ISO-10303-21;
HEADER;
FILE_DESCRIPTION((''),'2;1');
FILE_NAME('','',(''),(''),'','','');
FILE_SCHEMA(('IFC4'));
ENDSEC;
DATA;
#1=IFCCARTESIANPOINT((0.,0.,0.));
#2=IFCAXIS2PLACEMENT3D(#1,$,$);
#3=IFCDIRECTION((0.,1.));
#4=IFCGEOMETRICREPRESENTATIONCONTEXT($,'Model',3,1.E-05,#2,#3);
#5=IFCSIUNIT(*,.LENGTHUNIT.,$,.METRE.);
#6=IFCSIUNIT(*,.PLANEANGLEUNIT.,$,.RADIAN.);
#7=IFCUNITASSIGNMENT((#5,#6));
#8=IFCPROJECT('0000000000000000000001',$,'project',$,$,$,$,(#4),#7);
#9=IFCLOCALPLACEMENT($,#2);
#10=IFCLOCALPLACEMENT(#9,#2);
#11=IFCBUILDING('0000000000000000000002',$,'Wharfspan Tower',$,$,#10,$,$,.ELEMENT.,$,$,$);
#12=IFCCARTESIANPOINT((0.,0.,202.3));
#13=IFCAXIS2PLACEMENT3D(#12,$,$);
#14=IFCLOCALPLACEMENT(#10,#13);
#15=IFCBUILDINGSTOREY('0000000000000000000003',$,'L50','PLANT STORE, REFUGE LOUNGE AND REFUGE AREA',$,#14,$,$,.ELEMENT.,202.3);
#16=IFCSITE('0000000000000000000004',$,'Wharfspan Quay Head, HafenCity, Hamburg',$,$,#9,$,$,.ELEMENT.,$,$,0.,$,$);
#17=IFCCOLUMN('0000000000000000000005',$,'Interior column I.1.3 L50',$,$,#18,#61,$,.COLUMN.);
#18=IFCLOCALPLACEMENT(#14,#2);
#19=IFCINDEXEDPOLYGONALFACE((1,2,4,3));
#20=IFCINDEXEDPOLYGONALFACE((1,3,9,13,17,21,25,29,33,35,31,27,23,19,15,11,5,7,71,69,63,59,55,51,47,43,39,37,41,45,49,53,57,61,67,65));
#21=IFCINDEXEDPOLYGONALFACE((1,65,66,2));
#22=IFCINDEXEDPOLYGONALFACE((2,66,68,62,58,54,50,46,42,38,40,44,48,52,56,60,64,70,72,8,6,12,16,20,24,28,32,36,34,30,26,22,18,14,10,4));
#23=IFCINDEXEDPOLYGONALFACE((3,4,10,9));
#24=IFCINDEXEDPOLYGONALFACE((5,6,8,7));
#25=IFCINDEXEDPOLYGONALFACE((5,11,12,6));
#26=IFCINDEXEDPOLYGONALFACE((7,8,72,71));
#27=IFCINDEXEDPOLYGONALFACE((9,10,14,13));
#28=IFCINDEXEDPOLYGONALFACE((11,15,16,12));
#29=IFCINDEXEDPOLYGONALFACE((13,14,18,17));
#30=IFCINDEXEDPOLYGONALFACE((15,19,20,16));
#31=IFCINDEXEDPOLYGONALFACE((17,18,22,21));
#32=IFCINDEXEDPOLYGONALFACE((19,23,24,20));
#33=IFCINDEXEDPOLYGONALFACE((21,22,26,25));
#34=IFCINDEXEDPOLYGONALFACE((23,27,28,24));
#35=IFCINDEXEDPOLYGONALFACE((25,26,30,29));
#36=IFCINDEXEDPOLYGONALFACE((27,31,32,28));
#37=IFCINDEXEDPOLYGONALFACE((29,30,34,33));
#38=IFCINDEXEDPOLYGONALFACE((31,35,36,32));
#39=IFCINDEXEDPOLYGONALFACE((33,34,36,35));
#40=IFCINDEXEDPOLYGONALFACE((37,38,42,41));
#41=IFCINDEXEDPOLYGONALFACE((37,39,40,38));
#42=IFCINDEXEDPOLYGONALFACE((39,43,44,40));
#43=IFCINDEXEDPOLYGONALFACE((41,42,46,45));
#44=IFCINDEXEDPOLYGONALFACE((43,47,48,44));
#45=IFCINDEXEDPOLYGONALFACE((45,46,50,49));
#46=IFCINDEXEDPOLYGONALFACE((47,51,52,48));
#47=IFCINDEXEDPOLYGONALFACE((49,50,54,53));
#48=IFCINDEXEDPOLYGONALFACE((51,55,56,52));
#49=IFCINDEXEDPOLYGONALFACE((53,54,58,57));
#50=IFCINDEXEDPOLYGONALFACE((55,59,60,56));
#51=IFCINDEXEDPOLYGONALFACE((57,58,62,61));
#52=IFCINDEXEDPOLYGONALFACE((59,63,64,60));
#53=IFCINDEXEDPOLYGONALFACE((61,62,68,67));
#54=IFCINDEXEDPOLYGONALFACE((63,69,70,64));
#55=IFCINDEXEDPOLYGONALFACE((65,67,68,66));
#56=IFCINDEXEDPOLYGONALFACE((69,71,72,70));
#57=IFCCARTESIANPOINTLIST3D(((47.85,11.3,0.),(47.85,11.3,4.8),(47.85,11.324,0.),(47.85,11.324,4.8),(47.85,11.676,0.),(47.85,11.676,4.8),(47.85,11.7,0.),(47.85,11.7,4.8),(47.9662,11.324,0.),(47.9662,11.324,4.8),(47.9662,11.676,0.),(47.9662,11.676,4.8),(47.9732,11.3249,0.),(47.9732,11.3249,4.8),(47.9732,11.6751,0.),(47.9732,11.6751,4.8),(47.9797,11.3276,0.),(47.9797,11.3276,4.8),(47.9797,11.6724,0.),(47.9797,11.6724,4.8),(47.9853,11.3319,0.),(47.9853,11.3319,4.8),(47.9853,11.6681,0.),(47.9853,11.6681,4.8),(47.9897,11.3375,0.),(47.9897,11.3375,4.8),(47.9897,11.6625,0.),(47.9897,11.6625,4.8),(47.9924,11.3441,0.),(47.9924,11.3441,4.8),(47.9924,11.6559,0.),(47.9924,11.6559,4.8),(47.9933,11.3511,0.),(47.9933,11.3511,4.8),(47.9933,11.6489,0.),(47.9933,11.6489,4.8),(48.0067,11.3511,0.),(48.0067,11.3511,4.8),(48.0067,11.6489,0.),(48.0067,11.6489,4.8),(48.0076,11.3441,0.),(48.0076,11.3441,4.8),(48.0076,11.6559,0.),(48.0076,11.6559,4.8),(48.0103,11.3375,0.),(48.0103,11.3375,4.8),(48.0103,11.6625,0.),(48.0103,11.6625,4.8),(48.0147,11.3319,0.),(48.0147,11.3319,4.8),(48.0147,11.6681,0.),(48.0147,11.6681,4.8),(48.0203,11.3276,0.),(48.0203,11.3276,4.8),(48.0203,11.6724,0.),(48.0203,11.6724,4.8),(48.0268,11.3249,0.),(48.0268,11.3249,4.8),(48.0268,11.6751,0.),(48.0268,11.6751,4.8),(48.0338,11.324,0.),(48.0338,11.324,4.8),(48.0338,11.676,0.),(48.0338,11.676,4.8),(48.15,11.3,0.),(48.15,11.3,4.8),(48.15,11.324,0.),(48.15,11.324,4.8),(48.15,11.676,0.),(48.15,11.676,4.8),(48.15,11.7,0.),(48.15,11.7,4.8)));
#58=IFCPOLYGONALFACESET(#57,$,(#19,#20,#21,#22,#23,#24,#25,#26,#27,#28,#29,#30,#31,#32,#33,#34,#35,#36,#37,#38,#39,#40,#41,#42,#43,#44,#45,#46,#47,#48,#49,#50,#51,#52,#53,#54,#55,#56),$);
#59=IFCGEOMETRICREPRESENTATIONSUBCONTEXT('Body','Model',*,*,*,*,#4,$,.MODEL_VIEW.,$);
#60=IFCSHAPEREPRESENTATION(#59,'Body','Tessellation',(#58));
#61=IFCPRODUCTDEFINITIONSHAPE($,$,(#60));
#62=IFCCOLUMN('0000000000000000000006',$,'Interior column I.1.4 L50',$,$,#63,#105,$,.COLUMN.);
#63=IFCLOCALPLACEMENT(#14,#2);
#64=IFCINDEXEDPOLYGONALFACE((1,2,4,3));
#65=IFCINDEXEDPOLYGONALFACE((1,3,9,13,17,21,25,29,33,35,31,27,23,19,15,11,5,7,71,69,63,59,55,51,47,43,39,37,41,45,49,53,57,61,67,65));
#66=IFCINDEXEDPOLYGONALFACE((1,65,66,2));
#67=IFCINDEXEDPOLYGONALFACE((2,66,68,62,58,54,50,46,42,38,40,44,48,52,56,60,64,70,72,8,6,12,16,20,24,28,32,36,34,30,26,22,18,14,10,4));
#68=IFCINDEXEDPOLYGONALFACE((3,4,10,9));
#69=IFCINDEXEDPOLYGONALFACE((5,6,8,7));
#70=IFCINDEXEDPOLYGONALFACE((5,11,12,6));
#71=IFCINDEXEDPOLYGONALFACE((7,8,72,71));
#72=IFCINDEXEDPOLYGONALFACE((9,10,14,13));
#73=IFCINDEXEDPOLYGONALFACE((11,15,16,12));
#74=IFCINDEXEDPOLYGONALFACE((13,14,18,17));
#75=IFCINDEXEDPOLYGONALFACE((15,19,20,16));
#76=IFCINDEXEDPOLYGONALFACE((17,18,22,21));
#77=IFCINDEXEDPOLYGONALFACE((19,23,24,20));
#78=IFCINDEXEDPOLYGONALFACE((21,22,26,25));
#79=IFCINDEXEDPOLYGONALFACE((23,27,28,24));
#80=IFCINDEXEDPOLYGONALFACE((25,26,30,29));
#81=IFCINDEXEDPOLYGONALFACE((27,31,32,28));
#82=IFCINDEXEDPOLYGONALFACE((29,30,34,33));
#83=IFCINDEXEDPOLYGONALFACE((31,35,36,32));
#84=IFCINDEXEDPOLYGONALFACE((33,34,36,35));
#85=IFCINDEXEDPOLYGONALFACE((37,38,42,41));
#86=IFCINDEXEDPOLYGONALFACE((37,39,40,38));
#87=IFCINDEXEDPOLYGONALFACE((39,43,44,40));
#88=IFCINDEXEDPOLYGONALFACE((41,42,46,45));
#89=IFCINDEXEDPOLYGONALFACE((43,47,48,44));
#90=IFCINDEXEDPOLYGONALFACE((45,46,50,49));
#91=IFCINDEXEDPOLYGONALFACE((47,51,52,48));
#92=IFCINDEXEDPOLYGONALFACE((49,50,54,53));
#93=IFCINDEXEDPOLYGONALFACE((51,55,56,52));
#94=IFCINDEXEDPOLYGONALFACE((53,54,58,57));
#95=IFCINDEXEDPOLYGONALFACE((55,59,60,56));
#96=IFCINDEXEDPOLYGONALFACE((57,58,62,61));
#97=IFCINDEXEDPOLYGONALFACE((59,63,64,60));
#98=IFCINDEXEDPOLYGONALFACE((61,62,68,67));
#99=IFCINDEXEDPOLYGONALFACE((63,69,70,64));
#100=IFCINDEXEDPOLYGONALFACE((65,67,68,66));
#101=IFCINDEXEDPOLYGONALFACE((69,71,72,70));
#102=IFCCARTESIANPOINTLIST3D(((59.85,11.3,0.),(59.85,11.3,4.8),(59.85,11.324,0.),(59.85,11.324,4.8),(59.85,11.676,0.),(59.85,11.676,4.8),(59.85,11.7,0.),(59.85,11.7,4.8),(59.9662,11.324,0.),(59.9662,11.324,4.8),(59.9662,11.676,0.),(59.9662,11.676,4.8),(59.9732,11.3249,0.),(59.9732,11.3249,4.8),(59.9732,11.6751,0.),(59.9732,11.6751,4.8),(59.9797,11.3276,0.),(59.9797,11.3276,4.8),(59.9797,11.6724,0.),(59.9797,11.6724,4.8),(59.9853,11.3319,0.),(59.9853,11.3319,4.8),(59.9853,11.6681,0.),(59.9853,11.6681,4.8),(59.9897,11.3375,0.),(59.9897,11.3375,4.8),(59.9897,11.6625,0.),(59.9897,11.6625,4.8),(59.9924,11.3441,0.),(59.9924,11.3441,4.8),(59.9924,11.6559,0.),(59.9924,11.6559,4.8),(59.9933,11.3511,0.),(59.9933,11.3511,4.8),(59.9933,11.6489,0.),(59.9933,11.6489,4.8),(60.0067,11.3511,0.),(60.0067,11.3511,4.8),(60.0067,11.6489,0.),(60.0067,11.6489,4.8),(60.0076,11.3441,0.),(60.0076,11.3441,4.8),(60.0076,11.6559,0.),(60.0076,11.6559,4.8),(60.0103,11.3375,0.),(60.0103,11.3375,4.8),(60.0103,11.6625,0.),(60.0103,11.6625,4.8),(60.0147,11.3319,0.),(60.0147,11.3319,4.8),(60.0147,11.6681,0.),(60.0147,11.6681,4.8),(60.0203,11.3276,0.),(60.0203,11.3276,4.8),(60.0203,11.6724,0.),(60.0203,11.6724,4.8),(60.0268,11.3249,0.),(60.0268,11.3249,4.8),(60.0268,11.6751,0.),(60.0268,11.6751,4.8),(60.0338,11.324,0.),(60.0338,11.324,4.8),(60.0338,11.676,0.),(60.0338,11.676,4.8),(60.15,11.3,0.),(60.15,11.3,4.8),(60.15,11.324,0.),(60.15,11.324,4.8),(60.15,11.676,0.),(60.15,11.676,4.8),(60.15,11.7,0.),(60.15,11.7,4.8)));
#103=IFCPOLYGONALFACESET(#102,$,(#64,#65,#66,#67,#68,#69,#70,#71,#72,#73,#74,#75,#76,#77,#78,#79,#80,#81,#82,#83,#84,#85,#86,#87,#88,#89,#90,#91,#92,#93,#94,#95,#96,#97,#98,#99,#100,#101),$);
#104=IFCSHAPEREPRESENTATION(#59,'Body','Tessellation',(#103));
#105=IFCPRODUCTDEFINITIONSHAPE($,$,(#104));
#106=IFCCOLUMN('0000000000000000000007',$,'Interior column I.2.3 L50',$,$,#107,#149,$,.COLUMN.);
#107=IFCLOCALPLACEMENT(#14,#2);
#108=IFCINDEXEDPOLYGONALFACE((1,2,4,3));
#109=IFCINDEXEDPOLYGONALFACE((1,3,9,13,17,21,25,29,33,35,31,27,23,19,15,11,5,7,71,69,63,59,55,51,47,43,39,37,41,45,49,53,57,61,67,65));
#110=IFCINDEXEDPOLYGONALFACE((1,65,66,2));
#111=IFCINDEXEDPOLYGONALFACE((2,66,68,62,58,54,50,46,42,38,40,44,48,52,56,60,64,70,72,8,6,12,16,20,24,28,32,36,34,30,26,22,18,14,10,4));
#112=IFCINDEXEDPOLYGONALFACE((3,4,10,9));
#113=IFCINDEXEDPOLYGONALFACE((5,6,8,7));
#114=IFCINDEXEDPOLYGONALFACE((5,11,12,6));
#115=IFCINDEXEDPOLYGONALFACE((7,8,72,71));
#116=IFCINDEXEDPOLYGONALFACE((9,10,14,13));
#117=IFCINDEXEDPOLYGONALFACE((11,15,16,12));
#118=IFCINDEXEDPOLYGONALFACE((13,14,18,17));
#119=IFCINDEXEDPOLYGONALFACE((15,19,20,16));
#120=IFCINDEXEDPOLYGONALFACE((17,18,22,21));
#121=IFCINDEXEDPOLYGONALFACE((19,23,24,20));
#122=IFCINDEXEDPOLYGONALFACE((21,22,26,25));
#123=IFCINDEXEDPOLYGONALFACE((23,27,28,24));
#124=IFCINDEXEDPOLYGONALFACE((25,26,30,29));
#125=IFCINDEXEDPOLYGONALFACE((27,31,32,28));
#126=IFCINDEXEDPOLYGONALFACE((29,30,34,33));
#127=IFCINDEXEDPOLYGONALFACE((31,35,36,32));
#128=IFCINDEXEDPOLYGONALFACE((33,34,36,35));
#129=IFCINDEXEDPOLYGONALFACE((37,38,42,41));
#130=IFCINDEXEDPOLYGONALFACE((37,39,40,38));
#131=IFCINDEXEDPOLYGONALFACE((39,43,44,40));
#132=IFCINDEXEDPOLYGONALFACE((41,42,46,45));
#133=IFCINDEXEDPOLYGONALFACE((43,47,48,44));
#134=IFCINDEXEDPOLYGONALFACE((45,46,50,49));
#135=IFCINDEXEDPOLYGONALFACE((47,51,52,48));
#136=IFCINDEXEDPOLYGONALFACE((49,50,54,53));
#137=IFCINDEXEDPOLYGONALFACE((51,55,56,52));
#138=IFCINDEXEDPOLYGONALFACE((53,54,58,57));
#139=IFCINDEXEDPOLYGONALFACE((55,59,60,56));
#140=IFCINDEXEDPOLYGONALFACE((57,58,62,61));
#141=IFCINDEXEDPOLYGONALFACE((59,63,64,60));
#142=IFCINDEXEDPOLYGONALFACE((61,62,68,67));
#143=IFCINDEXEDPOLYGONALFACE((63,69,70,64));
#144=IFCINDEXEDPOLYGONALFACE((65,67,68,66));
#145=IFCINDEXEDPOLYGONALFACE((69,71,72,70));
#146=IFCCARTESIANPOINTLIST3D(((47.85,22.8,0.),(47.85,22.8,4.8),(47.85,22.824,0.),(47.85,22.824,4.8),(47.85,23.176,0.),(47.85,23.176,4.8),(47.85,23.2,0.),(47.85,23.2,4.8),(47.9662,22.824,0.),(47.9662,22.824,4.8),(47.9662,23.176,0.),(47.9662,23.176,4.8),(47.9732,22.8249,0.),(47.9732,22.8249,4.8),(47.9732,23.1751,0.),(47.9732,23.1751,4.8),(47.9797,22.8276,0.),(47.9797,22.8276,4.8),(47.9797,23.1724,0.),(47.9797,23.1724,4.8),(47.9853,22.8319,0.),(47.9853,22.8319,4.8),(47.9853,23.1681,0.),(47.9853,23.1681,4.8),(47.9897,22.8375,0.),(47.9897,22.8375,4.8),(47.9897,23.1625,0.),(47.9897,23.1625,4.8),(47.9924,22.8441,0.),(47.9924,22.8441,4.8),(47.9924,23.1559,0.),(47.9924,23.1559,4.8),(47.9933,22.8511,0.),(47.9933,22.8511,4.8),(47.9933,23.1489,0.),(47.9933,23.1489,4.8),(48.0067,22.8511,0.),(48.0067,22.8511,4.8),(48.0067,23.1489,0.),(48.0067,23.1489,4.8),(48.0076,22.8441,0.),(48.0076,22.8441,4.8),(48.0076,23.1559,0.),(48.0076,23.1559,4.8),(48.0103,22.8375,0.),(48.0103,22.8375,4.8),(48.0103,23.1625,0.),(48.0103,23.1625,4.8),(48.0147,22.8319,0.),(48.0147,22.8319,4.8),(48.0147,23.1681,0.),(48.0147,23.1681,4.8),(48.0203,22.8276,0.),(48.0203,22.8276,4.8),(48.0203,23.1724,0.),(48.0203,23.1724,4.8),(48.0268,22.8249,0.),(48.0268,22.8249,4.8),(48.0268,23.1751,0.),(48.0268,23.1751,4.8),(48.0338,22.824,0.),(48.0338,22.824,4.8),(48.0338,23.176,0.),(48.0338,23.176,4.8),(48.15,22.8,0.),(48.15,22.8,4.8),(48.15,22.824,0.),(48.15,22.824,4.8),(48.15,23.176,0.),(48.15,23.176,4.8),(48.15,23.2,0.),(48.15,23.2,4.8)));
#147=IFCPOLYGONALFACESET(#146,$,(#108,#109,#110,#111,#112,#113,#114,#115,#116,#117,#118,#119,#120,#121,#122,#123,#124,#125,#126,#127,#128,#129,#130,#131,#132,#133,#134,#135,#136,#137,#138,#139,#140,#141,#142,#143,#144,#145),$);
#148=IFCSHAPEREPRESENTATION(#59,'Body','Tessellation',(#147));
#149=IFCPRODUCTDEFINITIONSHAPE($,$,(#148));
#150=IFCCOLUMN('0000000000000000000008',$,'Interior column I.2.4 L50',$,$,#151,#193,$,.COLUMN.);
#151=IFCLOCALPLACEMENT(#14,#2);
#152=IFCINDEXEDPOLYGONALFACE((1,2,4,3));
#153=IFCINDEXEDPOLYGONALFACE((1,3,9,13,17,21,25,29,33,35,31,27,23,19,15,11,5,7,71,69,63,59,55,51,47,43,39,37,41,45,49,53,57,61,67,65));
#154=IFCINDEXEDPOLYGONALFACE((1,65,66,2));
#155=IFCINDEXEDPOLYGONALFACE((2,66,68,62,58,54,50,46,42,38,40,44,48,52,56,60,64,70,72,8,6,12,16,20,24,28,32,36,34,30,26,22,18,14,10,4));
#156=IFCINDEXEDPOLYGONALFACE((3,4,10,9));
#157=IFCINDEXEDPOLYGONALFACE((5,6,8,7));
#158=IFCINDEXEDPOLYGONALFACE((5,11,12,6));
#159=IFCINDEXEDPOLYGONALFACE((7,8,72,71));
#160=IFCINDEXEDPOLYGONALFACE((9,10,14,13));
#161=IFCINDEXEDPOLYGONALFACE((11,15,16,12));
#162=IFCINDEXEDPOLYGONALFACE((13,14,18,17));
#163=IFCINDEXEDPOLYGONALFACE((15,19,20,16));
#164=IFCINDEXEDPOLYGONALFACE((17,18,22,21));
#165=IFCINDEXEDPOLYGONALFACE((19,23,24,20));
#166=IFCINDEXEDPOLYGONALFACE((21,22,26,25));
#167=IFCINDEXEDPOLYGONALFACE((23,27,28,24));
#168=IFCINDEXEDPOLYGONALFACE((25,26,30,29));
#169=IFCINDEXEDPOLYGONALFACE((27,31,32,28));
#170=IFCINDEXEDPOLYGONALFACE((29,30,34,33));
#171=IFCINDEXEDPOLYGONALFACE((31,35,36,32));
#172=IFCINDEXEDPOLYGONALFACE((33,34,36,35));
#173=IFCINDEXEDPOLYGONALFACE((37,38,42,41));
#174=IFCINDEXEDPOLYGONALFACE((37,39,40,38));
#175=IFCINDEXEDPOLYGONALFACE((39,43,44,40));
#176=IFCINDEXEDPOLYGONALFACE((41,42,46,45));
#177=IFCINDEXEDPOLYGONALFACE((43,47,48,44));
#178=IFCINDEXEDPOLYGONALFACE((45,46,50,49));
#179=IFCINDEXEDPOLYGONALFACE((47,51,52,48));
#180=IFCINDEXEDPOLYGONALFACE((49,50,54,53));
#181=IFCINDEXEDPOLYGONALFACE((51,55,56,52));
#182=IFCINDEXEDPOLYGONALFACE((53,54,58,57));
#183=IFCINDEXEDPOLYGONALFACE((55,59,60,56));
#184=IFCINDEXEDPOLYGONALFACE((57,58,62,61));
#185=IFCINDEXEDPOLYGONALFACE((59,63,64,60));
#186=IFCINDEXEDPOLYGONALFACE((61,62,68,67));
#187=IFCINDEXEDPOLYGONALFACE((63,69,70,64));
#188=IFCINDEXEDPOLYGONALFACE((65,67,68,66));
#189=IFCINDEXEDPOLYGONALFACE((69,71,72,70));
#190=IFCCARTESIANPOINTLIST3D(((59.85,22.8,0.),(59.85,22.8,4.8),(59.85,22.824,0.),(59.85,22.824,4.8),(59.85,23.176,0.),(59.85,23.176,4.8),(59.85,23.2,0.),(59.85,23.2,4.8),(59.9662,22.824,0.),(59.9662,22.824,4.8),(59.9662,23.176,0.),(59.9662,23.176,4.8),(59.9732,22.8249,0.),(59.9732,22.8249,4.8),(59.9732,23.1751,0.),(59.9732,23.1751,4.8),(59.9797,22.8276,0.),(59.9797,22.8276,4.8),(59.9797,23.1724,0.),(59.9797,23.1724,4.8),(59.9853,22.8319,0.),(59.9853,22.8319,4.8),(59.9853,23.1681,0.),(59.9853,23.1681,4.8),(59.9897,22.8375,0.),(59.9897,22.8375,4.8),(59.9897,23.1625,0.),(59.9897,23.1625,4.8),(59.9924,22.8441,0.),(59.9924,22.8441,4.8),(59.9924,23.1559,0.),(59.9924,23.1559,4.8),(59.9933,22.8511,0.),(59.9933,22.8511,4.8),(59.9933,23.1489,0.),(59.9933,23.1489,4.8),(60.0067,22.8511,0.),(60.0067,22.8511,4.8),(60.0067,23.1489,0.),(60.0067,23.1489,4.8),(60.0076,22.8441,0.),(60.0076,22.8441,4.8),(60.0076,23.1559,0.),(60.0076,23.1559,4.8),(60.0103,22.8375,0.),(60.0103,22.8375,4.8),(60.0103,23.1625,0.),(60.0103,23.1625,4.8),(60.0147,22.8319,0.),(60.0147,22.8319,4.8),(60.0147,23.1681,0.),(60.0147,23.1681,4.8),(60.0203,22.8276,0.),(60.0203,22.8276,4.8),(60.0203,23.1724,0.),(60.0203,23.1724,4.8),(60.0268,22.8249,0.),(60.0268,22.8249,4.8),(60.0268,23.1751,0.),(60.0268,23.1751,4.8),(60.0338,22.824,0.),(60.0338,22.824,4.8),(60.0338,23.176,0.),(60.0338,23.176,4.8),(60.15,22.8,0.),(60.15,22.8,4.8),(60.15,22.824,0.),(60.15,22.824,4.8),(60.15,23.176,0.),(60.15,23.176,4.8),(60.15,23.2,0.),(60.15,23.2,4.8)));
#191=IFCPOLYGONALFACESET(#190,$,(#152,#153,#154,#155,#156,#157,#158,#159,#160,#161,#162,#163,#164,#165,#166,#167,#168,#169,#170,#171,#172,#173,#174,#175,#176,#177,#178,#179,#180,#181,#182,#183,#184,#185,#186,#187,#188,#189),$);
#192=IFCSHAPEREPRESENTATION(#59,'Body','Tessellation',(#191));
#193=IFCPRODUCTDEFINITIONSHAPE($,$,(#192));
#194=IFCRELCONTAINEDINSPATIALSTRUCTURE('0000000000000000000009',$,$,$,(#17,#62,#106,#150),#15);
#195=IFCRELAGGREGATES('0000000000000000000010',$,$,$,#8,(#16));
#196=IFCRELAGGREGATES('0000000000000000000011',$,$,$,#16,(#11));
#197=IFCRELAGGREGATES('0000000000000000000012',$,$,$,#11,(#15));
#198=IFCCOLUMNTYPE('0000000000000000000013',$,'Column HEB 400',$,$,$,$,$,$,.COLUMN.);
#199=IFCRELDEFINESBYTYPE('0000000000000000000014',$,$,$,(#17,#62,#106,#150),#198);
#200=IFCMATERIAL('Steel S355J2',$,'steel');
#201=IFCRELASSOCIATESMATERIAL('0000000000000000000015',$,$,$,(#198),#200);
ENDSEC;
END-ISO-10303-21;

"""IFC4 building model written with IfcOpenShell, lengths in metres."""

from ifc_helpers import new_model, si_unit, direction, frame, origin, origin_2d, place, context, subcontext, project, spatial, i_section, extrude, material, material_profile, profile_set, type_object, element, save


model = new_model("IFC4")

# Units and contexts
model_context = context("Model", 3, precision=1e-05, world=origin(), true_north=direction((0.0, 1.0)))
body_context = subcontext(model_context, "Body", "Model", "MODEL_VIEW")
ifc_project = project(units=[si_unit("LENGTHUNIT", "METRE"), si_unit("PLANEANGLEUNIT", "RADIAN")], contexts=[model_context])

# Site, building, storey
site_placement = place(None, origin())
site = spatial("IfcSite", under=ifc_project, at=site_placement, Name="Wharfspan Quay Head, HafenCity, Hamburg", CompositionType="ELEMENT", RefElevation=0.0)
building_placement = place(site_placement, origin())
building = spatial("IfcBuilding", under=site, at=building_placement, Name="Wharfspan Tower", CompositionType="ELEMENT")
storey_placement = place(building_placement, frame((0.0, 0.0, 202.3)))
storey = spatial("IfcBuildingStorey", under=building, at=storey_placement, Name="L50", Description="PLANT STORE, REFUGE LOUNGE AND REFUGE AREA", CompositionType="ELEMENT", Elevation=202.3)

# Columns
ifc_material_1 = material(Name="Steel S355J2", Category="steel")
ifc_material_profile = material_profile(ifc_material_1, i_section(OverallWidth=0.3, OverallDepth=0.3999, WebThickness=0.0134, FlangeThickness=0.0239, FilletRadius=0.0271, at=origin_2d()))
ifc_profile_set = profile_set([ifc_material_profile], Name="Steel S355J2")
column_type = type_object("IfcColumnType", Name="Column HEB 400", PredefinedType="COLUMN", material=ifc_profile_set)
for number, where, z_axis, x_axis, name in (
    (1, (48.0, 11.5, 0.0), (0.0, 0.0, 1.0), (1.0, 0.0, 0.0), "Interior column I.1.3 L50"),
    (2, (60.0, 11.5, 0.0), (0.0, 0.0, 1.0), (1.0, 0.0, 0.0), "Interior column I.1.4 L50"),
    (3, (48.0, 23.0, 0.0), (0.0, 0.0, 1.0), (1.0, 0.0, 0.0), "Interior column I.2.3 L50"),
    (4, (60.0, 23.0, 0.0), (0.0, 0.0, 1.0), (1.0, 0.0, 0.0), "Interior column I.2.4 L50"),
):
    element("IfcColumn", number, at=place(storey_placement, frame(where, z_axis=z_axis, x_axis=x_axis)), inside=storey, type_object=column_type, Name=name, PredefinedType="COLUMN", context=body_context, shape_type="SweptSolid", body=[
        extrude(i_section(OverallWidth=0.3, OverallDepth=0.3999, WebThickness=0.0134, FlangeThickness=0.0239, FilletRadius=0.0271, at=origin_2d()), origin(), (0.0, 0.0, 1.0), 4.8),
    ])

save(model, "model.ifc")
